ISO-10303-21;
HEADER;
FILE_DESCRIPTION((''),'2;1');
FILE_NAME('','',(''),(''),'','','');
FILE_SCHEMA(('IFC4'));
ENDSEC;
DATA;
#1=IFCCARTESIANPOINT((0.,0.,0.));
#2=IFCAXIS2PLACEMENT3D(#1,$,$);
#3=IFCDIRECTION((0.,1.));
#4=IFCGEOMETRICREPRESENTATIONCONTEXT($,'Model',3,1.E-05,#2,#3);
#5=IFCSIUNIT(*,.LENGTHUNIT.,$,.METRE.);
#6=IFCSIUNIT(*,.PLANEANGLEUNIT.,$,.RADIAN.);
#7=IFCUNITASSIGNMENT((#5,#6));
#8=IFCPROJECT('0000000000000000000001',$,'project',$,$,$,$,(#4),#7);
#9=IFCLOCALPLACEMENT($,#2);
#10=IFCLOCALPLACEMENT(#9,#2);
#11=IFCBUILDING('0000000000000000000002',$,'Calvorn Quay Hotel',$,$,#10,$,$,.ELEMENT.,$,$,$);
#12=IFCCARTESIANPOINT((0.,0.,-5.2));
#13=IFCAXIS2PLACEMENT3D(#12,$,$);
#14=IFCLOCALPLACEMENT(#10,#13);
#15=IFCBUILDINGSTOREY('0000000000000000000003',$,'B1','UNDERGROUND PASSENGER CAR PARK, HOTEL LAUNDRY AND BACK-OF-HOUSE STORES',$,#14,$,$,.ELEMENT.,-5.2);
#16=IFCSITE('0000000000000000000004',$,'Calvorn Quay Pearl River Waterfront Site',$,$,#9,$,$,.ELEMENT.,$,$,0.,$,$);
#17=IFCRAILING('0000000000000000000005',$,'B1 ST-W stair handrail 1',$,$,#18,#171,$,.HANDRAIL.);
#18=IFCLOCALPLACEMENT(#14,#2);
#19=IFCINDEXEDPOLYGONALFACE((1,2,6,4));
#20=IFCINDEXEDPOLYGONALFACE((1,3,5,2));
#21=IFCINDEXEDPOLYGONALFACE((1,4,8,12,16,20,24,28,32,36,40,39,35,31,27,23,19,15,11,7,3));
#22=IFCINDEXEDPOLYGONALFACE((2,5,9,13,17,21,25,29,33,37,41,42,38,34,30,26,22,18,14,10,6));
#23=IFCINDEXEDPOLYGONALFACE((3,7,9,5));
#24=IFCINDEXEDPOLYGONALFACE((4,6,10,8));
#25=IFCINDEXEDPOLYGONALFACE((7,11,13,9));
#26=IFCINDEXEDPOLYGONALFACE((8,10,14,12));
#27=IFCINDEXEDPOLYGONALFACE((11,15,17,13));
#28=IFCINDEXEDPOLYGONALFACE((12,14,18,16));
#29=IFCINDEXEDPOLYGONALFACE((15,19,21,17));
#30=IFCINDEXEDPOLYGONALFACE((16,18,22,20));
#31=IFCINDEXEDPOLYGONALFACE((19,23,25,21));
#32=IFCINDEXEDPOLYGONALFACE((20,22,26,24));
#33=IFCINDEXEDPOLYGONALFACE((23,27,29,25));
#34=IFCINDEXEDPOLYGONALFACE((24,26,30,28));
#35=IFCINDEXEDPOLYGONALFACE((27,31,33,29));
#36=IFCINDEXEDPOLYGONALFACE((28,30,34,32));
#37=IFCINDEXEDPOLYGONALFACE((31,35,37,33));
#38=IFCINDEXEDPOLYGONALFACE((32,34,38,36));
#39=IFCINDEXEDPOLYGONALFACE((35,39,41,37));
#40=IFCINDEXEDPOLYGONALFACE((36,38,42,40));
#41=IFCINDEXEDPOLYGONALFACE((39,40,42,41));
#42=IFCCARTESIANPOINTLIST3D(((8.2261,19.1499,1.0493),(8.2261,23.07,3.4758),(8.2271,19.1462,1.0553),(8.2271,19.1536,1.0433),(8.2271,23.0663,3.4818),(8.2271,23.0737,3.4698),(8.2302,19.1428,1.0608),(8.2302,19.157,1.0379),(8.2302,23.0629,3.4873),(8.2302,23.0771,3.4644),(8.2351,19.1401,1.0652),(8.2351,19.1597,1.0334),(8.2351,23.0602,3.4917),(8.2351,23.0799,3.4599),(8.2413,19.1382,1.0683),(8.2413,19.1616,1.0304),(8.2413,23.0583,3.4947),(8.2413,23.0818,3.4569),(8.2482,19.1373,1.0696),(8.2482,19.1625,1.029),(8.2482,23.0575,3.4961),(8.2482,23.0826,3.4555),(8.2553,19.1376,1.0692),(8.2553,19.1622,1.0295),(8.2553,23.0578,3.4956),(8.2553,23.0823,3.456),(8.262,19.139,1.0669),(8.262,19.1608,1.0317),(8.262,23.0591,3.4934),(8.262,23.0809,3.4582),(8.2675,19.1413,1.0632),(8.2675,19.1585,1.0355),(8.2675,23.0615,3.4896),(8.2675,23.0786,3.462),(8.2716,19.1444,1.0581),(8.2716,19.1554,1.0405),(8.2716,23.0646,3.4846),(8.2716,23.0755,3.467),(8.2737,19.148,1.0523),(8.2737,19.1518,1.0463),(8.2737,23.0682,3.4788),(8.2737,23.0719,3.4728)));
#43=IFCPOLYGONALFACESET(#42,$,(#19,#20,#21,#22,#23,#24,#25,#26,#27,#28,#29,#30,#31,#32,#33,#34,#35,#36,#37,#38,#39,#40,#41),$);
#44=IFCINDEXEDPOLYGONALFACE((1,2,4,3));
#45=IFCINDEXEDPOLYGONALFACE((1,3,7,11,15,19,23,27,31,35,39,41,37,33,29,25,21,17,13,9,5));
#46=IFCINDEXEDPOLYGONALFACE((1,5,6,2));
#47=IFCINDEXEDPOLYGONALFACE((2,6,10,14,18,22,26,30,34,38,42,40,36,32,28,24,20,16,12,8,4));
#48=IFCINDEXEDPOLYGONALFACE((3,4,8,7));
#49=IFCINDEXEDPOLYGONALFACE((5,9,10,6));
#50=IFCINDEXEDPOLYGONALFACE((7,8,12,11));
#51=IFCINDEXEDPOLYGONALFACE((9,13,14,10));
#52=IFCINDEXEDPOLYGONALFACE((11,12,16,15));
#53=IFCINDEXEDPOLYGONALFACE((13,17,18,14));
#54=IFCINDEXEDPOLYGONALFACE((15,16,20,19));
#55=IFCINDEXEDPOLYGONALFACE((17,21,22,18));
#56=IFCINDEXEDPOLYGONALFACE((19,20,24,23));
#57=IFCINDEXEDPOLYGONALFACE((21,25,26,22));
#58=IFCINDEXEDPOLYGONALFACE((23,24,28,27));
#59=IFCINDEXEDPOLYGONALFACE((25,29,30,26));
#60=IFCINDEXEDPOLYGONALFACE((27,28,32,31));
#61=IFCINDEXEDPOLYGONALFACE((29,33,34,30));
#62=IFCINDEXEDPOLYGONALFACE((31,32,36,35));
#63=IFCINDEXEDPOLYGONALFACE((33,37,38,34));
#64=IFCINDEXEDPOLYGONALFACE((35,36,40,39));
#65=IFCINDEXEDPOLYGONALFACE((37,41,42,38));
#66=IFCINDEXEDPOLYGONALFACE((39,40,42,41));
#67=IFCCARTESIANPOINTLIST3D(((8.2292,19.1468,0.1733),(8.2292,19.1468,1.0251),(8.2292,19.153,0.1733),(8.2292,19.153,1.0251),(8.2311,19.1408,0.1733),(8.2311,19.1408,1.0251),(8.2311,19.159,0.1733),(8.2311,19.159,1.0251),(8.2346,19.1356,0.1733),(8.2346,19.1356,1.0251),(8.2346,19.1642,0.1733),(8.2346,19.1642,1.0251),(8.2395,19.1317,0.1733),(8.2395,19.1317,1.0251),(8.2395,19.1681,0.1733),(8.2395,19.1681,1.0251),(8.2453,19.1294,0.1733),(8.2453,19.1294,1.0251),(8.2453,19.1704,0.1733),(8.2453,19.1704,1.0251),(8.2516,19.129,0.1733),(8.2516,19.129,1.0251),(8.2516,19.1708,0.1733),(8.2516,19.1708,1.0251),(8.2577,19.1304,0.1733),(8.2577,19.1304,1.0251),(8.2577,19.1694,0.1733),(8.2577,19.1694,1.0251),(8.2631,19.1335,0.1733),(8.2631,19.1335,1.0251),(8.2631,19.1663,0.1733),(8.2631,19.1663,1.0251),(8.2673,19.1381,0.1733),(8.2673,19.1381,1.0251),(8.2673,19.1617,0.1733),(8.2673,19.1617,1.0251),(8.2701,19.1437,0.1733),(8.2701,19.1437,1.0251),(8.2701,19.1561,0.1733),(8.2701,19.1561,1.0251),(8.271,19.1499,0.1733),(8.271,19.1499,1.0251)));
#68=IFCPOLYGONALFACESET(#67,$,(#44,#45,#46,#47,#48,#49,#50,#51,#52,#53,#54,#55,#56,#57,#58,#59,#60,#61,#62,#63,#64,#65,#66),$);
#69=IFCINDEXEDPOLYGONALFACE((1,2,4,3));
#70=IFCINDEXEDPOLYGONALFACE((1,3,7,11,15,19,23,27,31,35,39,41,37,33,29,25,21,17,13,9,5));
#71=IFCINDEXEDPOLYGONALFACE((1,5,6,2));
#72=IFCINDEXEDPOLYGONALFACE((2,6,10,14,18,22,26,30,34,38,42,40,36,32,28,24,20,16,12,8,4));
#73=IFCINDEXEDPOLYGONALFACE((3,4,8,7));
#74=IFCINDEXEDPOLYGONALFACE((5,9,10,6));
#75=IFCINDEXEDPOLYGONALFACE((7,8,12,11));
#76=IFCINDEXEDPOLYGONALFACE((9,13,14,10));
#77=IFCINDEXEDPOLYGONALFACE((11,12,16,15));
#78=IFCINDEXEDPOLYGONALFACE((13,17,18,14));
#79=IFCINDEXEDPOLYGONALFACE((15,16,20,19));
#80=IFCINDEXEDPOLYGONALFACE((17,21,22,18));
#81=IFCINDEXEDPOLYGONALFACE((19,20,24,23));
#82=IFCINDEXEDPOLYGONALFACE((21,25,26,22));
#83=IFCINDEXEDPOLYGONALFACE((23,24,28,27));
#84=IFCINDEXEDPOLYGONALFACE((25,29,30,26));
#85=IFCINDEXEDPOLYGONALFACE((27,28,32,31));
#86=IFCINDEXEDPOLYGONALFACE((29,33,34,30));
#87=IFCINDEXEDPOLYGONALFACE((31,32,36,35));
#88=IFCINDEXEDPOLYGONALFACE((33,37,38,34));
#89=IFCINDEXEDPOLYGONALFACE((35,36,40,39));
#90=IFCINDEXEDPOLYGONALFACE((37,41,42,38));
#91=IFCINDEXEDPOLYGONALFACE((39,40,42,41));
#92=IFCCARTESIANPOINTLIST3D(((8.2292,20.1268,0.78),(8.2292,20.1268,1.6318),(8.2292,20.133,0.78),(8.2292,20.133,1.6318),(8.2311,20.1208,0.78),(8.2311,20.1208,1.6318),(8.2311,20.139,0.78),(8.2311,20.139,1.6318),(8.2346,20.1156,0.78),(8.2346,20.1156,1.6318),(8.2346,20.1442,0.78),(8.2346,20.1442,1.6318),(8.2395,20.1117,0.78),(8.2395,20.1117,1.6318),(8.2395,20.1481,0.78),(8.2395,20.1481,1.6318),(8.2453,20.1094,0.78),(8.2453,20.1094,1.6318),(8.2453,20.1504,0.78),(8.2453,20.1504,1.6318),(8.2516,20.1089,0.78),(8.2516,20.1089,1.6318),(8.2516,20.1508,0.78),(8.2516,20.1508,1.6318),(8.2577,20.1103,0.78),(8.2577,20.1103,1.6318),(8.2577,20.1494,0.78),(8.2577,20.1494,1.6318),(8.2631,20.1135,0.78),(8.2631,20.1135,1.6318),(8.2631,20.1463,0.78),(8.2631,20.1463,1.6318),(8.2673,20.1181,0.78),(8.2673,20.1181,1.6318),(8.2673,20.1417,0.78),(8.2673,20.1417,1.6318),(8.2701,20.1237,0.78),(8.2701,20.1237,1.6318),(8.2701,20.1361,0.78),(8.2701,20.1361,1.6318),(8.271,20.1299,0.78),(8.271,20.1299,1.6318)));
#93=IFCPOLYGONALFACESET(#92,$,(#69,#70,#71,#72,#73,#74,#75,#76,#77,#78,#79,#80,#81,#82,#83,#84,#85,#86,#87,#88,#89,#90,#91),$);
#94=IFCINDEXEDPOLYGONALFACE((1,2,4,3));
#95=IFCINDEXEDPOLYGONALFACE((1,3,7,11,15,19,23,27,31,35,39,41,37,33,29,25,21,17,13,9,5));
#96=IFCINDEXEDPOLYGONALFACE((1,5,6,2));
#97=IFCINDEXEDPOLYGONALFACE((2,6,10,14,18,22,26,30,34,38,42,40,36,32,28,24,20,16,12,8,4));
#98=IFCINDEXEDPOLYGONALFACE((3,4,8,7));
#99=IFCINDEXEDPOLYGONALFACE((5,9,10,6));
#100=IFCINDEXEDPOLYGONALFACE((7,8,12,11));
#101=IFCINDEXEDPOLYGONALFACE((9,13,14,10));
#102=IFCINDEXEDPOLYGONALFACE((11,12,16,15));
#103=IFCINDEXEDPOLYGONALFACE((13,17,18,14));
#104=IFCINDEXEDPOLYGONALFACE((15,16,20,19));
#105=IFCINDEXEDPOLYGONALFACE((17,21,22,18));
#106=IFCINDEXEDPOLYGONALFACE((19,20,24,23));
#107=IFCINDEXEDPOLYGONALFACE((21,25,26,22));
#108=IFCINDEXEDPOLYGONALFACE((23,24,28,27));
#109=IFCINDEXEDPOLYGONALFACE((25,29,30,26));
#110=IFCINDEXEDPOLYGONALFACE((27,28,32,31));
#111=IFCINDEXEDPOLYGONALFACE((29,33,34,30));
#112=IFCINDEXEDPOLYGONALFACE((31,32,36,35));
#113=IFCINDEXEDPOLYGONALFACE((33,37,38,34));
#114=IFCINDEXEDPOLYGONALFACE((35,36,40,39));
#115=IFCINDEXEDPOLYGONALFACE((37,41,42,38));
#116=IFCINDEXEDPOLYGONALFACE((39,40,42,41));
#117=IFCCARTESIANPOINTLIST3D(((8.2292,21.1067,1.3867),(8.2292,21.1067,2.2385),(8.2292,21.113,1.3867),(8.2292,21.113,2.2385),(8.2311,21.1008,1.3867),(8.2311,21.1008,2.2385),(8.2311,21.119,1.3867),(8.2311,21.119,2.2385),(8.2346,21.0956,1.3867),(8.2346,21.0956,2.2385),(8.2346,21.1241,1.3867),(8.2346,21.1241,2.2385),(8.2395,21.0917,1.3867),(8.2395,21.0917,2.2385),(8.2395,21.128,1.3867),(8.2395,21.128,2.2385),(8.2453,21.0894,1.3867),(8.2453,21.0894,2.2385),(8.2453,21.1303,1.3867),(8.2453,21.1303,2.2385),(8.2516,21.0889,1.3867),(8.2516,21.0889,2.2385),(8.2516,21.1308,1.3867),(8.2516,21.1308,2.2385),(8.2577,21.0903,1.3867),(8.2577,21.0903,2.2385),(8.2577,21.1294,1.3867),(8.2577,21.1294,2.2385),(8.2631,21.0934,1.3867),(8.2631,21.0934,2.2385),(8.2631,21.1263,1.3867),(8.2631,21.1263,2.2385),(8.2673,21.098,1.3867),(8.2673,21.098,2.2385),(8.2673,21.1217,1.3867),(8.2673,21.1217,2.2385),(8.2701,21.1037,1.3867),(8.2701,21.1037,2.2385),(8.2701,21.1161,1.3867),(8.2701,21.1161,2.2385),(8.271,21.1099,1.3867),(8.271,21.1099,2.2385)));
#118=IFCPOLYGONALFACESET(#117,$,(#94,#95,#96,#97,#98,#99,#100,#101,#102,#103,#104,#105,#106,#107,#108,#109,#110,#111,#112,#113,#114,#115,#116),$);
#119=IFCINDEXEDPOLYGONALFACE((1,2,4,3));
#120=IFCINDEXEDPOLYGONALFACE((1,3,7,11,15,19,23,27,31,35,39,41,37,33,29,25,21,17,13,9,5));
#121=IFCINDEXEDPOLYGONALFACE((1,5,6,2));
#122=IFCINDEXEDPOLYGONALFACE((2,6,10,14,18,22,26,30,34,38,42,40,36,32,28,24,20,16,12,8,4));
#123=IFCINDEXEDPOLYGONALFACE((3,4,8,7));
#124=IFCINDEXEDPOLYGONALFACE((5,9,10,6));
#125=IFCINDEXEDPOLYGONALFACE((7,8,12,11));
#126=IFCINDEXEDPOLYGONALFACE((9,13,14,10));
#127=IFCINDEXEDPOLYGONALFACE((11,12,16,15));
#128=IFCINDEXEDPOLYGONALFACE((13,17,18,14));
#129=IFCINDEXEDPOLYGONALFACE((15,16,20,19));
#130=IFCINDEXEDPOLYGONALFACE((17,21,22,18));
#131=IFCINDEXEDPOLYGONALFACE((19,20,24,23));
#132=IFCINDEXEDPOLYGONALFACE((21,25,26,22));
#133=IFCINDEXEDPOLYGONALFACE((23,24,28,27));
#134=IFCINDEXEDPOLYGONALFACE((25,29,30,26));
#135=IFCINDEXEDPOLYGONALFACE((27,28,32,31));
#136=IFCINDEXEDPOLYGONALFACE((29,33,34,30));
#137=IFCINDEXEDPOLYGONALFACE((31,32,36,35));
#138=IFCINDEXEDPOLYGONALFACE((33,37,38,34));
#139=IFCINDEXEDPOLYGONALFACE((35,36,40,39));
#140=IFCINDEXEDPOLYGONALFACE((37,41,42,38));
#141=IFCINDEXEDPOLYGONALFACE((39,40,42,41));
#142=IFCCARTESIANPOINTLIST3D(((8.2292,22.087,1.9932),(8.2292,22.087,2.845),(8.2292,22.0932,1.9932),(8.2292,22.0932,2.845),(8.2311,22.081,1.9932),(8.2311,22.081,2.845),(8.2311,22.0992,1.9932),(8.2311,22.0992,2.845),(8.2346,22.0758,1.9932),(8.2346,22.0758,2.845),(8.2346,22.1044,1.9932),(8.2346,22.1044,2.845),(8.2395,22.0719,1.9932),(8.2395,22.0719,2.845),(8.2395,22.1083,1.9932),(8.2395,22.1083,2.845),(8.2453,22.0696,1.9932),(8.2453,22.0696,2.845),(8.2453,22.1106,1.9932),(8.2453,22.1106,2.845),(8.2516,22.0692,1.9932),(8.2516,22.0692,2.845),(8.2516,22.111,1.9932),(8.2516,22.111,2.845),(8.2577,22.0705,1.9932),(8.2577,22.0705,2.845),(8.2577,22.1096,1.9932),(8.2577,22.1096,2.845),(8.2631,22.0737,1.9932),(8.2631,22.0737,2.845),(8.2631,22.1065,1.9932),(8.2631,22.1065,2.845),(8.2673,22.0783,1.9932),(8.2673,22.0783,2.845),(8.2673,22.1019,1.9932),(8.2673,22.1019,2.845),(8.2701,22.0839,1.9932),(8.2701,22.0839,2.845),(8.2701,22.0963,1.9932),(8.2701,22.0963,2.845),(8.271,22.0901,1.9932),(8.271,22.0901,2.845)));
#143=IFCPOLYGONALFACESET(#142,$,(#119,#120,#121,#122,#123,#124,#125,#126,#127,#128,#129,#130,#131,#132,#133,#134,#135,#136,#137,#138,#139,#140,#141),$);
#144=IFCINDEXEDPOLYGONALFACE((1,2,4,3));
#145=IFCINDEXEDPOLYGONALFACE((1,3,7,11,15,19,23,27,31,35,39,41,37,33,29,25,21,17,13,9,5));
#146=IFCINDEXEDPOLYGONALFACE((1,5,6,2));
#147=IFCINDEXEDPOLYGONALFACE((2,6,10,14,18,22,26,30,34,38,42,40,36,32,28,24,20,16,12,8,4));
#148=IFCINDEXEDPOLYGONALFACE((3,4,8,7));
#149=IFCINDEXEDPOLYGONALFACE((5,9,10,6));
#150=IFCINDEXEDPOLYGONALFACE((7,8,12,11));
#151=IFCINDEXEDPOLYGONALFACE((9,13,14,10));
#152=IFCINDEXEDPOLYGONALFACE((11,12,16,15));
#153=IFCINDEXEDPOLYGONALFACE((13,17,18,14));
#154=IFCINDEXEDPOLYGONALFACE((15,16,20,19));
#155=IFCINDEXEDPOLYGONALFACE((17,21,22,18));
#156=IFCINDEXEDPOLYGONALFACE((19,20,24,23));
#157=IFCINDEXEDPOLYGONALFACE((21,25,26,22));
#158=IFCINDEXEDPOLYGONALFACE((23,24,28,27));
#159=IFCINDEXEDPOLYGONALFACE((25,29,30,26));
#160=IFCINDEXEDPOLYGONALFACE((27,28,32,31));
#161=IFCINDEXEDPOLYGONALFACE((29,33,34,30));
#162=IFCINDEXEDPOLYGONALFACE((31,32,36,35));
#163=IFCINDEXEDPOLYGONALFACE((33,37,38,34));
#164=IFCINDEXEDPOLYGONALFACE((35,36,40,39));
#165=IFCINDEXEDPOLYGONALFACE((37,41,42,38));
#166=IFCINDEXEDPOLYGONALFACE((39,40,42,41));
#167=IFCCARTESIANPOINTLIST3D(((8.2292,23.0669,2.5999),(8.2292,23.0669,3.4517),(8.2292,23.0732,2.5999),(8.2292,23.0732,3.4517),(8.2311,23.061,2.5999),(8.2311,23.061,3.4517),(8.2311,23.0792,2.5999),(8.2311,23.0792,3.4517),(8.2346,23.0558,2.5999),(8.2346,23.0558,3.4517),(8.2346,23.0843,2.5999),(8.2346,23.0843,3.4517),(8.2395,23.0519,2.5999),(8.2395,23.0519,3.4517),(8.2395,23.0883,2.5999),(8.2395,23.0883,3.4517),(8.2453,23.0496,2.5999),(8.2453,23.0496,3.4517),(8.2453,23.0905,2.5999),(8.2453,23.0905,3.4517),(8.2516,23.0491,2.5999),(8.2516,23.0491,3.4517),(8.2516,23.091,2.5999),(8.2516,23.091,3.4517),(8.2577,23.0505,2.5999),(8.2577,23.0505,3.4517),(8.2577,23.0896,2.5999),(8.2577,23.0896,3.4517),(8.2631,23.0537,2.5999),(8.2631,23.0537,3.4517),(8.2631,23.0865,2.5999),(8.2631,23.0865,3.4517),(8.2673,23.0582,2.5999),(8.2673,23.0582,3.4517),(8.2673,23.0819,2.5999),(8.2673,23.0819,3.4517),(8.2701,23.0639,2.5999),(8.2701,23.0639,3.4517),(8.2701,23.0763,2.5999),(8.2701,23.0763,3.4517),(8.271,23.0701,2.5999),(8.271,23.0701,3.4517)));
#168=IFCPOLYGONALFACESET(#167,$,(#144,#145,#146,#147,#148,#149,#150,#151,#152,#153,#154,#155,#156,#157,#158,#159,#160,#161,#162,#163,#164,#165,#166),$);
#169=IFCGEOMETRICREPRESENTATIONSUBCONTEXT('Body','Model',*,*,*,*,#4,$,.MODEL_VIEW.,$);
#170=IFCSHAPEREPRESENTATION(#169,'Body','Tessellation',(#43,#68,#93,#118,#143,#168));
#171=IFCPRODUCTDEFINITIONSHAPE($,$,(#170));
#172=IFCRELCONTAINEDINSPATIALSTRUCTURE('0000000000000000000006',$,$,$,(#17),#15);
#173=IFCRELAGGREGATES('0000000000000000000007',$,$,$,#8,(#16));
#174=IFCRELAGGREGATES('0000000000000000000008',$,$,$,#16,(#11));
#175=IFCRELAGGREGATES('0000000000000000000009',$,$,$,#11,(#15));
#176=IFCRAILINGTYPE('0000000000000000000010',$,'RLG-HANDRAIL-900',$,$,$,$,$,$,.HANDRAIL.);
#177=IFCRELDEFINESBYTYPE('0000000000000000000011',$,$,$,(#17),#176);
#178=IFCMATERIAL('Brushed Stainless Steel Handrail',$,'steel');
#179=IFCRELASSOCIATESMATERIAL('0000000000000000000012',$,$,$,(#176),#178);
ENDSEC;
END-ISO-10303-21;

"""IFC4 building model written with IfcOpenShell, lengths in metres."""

from ifc_helpers import new_model, si_unit, direction, frame, origin, origin_2d, place, context, subcontext, project, spatial, circle, extrude, material, type_object, element, save


model = new_model("IFC4")

# Units and contexts
model_context = context("Model", 3, precision=1e-05, world=origin(), true_north=direction((0.0, 1.0)))
body_context = subcontext(model_context, "Body", "Model", "MODEL_VIEW")
ifc_project = project(units=[si_unit("LENGTHUNIT", "METRE"), si_unit("PLANEANGLEUNIT", "RADIAN")], contexts=[model_context])

# Site, building, storey
site_placement = place(None, origin())
site = spatial("IfcSite", under=ifc_project, at=site_placement, Name="Calvorn Quay Pearl River Waterfront Site", CompositionType="ELEMENT", RefElevation=0.0)
building_placement = place(site_placement, origin())
building = spatial("IfcBuilding", under=site, at=building_placement, Name="Calvorn Quay Hotel", CompositionType="ELEMENT")
storey_placement = place(building_placement, frame((0.0, 0.0, -5.2)))
storey = spatial("IfcBuildingStorey", under=building, at=storey_placement, Name="B1", Description="UNDERGROUND PASSENGER CAR PARK, HOTEL LAUNDRY AND BACK-OF-HOUSE STORES", CompositionType="ELEMENT", Elevation=-5.2)

# Railing
ifc_material_1 = material(Name="Brushed Stainless Steel Handrail", Category="steel")
railing_type_1 = type_object("IfcRailingType", Name="RLG-HANDRAIL-900", PredefinedType="HANDRAIL", material=ifc_material_1)
railing_1_placement = place(storey_placement, frame((8.25, 19.1499, 0.1733)))
element("IfcRailing", 1, at=railing_1_placement, inside=storey, type_object=railing_type_1, Name="B1 ST-W stair handrail 1", PredefinedType="HANDRAIL", context=body_context, shape_type="SweptSolid", body=[
    extrude(circle(Radius=0.0239, at=origin_2d()), frame((0.0, 0.0, 0.876), z_axis=(0.0, 0.85029, 0.526315), x_axis=(-1.0, 0.0, 0.0)), (0.0, 0.0, 1.0), 4.6104),
    extrude(circle(Radius=0.021, at=origin_2d()), origin(), (0.0, 0.0, 1.0), 0.8518),
    extrude(circle(Radius=0.021, at=origin_2d()), frame((0.0, 0.98, 0.6067)), (0.0, 0.0, 1.0), 0.8518),
    extrude(circle(Radius=0.021, at=origin_2d()), frame((0.0, 1.96, 1.2134)), (0.0, 0.0, 1.0), 0.8518),
    extrude(circle(Radius=0.021, at=origin_2d()), frame((0.0, 2.9402, 1.8198)), (0.0, 0.0, 1.0), 0.8518),
    extrude(circle(Radius=0.021, at=origin_2d()), frame((0.0, 3.9202, 2.4265)), (0.0, 0.0, 1.0), 0.8518),
])

save(model, "model.ifc")
